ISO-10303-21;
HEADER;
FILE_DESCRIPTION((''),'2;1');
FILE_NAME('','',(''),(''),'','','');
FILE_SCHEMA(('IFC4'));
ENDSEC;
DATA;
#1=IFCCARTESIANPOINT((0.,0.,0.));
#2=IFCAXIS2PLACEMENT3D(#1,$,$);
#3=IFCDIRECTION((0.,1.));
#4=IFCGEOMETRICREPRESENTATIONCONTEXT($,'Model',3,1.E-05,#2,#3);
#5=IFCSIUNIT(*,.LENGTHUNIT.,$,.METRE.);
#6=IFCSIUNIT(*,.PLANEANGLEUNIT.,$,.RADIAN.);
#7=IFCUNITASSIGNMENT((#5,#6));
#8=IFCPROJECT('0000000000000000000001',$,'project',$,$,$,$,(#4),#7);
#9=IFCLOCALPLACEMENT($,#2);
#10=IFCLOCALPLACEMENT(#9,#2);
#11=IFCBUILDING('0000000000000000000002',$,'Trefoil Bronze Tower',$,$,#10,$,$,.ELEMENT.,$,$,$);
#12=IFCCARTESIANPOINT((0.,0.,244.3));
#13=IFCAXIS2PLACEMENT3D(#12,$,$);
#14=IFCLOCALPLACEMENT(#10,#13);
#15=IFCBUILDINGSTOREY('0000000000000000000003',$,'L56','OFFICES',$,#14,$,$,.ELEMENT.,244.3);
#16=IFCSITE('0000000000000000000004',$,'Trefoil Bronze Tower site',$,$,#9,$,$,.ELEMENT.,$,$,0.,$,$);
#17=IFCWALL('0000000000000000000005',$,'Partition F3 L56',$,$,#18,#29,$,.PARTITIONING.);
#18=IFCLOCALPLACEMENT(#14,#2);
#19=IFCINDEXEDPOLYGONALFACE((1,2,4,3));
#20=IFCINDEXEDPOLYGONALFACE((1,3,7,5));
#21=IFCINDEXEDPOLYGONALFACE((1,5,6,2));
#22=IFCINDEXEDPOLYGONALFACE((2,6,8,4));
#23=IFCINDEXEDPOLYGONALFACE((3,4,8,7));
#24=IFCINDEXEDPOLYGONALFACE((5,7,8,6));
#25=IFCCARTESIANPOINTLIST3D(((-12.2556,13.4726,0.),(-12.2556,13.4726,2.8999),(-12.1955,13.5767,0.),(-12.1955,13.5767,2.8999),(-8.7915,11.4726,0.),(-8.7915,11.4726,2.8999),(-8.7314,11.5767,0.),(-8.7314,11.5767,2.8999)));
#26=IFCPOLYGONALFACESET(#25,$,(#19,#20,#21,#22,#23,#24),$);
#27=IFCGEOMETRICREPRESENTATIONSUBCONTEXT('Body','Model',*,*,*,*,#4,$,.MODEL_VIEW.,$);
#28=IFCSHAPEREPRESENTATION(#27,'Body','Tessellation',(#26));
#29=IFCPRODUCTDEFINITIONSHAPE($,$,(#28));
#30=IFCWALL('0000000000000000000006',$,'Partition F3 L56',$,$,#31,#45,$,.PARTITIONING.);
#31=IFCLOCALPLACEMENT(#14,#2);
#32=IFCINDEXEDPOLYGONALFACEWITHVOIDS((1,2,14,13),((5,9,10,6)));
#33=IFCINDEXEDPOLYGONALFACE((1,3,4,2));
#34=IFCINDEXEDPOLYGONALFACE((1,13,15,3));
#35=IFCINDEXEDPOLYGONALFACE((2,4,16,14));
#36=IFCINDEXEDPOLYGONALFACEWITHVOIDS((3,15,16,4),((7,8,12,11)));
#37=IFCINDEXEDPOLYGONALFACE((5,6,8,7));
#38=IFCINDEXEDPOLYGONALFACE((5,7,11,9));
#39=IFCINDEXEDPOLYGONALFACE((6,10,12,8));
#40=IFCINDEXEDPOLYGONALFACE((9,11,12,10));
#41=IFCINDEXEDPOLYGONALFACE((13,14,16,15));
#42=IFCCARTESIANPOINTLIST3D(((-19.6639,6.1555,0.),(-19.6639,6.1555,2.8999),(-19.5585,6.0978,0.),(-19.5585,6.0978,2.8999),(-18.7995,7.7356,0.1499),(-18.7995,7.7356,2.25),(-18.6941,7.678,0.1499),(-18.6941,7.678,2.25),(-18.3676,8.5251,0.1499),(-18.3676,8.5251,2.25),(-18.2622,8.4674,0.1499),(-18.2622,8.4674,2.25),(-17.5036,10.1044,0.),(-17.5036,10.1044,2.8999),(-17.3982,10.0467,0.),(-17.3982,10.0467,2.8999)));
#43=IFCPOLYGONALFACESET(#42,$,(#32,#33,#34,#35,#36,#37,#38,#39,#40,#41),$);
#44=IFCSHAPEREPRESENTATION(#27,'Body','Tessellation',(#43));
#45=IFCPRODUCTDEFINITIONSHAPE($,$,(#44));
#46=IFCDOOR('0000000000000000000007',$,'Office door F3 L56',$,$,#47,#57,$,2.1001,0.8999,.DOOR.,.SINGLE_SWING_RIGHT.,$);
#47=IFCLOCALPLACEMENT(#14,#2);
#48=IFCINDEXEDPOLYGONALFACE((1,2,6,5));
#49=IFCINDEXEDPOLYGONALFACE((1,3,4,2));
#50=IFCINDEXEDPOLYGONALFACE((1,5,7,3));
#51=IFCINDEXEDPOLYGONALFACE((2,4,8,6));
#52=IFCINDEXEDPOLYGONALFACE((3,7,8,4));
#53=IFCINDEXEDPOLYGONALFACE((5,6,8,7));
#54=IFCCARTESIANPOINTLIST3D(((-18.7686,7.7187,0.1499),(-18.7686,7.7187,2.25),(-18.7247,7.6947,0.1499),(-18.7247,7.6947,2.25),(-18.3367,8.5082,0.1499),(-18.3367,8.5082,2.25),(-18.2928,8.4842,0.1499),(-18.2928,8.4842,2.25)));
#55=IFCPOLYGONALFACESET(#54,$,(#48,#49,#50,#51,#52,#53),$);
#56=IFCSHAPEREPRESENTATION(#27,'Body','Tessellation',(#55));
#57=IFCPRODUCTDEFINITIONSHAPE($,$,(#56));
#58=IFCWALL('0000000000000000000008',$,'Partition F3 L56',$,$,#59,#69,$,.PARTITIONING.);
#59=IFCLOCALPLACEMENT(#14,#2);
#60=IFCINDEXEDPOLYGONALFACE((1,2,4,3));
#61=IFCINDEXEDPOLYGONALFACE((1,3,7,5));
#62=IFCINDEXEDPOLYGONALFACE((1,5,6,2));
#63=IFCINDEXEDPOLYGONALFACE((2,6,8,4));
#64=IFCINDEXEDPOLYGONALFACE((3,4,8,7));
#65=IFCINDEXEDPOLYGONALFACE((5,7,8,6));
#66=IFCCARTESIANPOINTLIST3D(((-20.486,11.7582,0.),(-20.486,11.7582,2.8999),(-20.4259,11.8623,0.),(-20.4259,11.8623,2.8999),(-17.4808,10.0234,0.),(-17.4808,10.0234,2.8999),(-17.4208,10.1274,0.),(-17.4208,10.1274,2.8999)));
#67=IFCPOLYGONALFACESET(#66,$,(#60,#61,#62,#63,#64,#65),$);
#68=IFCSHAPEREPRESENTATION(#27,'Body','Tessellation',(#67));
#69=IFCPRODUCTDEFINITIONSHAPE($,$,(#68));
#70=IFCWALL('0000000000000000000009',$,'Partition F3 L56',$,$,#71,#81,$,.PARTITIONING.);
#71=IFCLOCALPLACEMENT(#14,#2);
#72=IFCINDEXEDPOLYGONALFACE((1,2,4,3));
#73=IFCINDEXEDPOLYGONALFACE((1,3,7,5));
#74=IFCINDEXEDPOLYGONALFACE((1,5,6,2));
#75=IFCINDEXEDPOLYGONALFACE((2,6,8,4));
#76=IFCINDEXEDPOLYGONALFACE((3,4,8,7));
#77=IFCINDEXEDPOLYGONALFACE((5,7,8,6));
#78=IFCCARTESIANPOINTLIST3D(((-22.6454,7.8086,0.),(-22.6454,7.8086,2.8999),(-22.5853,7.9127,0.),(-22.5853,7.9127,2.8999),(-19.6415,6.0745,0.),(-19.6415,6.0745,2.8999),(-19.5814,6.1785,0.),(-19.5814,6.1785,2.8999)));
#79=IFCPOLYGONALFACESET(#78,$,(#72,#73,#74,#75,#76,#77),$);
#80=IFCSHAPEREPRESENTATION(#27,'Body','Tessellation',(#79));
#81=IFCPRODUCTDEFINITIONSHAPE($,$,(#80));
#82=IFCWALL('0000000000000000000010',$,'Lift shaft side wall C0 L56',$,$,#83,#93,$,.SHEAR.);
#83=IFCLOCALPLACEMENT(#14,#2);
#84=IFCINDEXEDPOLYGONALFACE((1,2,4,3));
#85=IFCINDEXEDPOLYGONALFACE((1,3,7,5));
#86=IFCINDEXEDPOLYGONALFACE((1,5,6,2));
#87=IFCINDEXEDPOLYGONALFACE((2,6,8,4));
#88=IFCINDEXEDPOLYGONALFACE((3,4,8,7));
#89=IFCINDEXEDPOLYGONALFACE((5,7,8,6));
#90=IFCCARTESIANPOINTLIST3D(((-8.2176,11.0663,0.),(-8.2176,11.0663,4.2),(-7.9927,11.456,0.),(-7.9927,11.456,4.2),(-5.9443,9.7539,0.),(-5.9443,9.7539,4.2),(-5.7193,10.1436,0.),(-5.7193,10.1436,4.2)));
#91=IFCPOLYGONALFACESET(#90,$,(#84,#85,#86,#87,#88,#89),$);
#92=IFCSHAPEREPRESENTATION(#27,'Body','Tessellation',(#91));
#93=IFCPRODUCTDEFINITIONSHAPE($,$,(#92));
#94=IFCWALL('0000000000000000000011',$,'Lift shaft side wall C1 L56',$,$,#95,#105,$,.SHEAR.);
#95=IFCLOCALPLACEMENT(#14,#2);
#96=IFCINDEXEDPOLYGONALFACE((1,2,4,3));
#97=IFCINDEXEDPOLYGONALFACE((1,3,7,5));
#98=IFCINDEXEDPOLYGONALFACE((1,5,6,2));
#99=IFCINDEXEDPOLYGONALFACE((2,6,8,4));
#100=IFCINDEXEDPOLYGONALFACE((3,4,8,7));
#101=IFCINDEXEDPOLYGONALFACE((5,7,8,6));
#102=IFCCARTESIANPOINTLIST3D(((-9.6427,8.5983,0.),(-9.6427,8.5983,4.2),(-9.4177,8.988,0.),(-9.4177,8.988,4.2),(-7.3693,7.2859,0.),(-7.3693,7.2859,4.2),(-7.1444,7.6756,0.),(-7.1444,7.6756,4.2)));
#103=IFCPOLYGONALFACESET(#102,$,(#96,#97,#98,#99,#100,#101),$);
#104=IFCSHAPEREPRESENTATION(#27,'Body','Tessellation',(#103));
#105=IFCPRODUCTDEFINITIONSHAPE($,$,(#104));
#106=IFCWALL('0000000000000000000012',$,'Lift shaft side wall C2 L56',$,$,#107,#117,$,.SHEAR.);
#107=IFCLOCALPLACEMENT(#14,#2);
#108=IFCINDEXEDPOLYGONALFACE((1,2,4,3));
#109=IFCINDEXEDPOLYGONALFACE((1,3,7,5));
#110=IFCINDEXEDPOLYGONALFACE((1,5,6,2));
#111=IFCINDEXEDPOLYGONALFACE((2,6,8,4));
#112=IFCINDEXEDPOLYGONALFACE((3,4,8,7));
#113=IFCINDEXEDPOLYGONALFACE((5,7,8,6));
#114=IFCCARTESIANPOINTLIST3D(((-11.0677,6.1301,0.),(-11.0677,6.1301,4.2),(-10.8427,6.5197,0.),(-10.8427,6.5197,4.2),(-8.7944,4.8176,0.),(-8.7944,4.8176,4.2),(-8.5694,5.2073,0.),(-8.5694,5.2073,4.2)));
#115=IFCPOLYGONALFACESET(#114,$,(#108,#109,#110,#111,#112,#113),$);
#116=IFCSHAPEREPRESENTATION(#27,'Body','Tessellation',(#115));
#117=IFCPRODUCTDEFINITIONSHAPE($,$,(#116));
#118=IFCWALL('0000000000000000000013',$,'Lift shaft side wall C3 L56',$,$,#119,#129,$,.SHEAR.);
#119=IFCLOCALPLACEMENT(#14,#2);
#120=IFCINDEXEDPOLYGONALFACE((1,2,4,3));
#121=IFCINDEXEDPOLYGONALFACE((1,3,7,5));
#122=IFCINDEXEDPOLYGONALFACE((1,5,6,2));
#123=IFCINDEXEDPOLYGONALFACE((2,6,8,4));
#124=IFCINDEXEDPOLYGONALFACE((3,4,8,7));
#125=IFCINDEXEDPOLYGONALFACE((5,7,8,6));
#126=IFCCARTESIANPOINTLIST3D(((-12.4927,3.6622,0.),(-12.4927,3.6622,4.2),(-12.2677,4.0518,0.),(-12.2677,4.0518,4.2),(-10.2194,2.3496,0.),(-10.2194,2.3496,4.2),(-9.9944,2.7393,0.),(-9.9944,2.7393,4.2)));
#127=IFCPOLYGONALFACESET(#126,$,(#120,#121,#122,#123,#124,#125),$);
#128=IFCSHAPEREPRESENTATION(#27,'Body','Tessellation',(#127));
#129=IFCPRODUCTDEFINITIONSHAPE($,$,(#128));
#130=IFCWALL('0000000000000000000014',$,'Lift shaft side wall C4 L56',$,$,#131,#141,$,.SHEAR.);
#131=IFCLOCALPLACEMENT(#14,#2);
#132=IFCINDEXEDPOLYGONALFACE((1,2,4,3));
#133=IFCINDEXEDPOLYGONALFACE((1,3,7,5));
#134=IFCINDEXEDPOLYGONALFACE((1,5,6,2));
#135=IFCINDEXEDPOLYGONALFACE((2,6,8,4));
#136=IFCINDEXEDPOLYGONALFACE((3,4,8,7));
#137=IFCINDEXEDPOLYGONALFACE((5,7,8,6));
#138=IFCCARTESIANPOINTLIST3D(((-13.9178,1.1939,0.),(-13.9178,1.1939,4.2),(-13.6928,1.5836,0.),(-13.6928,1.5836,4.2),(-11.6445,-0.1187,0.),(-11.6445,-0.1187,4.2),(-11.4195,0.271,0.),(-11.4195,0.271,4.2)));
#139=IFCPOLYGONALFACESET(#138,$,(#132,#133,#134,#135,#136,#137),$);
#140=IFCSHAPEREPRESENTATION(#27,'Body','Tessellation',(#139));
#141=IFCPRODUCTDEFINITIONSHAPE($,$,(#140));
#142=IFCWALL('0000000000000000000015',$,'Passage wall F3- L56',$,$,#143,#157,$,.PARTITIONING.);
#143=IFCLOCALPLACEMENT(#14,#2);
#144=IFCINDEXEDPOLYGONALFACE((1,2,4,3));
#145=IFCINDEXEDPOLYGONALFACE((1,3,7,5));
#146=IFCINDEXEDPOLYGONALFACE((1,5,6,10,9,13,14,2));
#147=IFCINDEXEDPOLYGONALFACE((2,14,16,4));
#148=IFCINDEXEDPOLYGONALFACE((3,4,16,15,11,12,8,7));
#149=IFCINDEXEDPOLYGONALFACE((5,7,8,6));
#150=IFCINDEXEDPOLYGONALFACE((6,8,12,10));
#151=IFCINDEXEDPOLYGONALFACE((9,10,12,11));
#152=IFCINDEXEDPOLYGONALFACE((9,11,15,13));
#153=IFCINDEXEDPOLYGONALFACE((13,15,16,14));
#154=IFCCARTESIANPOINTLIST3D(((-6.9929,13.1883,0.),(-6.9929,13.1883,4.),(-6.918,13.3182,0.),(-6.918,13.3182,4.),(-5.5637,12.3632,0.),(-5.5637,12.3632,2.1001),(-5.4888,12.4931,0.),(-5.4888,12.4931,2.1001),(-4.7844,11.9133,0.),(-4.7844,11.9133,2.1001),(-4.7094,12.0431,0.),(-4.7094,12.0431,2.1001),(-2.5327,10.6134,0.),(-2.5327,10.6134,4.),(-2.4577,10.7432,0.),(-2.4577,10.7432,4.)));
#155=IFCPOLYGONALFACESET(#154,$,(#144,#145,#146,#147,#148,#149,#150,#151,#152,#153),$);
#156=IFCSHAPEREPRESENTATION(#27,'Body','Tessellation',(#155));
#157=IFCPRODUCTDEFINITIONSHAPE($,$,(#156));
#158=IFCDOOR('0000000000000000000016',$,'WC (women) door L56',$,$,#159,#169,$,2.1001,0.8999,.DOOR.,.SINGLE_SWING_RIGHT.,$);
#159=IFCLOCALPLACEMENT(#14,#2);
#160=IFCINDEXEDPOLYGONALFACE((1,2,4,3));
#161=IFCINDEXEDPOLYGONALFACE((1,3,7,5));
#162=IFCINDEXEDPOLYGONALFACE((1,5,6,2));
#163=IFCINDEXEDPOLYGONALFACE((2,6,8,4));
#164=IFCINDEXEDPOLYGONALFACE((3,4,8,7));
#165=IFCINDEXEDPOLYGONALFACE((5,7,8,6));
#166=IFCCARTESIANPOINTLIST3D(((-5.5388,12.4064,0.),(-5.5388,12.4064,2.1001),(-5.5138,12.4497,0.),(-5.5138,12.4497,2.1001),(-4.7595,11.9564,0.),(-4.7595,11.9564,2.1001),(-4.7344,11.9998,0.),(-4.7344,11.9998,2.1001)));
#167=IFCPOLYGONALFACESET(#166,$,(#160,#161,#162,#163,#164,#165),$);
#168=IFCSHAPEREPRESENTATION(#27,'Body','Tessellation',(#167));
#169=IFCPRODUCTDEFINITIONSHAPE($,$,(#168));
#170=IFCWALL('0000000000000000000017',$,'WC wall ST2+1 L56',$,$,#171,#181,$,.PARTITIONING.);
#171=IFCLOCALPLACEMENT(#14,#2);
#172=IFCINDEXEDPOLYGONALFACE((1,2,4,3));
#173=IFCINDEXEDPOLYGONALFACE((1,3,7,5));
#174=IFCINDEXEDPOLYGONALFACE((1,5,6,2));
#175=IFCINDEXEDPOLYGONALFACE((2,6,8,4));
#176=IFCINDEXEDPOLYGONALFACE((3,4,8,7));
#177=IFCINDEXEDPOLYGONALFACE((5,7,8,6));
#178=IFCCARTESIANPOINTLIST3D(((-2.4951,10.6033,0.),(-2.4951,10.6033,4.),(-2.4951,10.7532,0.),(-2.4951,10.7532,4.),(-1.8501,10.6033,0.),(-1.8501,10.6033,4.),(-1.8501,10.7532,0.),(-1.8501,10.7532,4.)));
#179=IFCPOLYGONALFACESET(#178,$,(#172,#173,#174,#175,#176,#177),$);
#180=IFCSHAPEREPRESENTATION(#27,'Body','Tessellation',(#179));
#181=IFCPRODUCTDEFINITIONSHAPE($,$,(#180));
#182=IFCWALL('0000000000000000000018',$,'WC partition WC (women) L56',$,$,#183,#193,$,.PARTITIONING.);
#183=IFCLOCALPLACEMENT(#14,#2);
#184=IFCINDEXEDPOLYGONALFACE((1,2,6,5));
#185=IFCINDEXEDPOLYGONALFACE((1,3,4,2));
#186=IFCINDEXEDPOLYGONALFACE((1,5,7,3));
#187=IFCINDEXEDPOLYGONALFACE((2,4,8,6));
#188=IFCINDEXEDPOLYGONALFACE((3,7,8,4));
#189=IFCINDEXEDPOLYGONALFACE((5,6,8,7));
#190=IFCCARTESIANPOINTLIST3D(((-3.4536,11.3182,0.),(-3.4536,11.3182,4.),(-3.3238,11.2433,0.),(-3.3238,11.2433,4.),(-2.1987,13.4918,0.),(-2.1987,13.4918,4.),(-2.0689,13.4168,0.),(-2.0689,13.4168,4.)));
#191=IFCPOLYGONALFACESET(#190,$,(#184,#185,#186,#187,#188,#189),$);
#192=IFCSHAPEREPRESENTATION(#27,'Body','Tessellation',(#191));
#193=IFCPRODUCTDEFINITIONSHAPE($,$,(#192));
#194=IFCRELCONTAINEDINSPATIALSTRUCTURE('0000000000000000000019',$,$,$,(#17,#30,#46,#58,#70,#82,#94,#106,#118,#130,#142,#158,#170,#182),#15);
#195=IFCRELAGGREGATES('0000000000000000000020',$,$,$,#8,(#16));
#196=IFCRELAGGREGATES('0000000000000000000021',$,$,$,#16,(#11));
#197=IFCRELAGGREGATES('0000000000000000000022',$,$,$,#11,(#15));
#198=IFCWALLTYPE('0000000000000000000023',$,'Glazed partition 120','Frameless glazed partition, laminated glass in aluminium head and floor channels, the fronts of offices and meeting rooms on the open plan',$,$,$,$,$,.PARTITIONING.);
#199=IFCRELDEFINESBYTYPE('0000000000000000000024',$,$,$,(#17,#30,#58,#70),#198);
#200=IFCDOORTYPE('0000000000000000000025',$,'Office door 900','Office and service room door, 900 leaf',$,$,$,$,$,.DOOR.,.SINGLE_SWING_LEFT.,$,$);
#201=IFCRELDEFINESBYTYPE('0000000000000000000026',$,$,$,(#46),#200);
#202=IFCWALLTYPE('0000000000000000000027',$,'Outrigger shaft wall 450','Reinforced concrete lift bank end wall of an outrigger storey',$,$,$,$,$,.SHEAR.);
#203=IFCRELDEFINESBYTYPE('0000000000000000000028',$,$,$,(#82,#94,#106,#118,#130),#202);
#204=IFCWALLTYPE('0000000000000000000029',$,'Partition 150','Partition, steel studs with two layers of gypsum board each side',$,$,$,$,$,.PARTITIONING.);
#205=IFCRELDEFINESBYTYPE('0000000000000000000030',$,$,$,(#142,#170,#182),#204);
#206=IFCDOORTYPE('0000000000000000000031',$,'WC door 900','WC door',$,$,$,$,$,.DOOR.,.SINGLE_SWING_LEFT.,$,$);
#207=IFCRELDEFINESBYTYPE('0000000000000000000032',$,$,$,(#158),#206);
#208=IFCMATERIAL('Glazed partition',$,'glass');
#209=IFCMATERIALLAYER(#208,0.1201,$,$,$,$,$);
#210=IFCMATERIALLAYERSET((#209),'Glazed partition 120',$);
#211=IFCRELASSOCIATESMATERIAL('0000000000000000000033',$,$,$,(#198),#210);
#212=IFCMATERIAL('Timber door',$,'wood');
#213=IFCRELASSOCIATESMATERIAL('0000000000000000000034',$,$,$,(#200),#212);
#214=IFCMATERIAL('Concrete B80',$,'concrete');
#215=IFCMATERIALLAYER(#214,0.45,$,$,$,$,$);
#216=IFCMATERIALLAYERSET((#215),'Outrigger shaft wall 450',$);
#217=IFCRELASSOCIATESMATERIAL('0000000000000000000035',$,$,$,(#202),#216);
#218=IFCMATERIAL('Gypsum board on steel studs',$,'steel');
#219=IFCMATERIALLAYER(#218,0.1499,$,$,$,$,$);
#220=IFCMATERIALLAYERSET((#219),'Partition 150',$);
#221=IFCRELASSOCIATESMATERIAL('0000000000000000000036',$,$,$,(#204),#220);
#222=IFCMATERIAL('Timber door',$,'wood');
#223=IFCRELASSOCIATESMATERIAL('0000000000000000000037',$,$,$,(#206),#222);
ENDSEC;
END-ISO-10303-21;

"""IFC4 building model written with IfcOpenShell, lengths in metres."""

from ifc_helpers import new_model, si_unit, direction, frame, frame_2d, origin, place, context, subcontext, project, spatial, rectangle, extrude, material, layer, layer_set, type_object, element, fill, save


model = new_model("IFC4")

# Units and contexts
model_context = context("Model", 3, precision=1e-05, world=origin(), true_north=direction((0.0, 1.0)))
body_context = subcontext(model_context, "Body", "Model", "MODEL_VIEW")
ifc_project = project(units=[si_unit("LENGTHUNIT", "METRE"), si_unit("PLANEANGLEUNIT", "RADIAN")], contexts=[model_context])

# Site, building, storey
site_placement = place(None, origin())
site = spatial("IfcSite", under=ifc_project, at=site_placement, Name="Trefoil Bronze Tower site", CompositionType="ELEMENT", RefElevation=0.0)
building_placement = place(site_placement, origin())
building = spatial("IfcBuilding", under=site, at=building_placement, Name="Trefoil Bronze Tower", CompositionType="ELEMENT")
storey_placement = place(building_placement, frame((0.0, 0.0, 244.3)))
storey = spatial("IfcBuildingStorey", under=building, at=storey_placement, Name="L56", Description="OFFICES", CompositionType="ELEMENT", Elevation=244.3)

# Shared definitions
ifc_material_1 = material(Name="Glazed partition", Category="glass")
ifc_layer_1 = layer(ifc_material_1, 0.1201)
ifc_layer_set_1 = layer_set([ifc_layer_1], Name="Glazed partition 120")
wall_type_1 = type_object("IfcWallType", Name="Glazed partition 120", Description="Frameless glazed partition, laminated glass in aluminium head and floor channels, the fronts of offices and meeting rooms on the open plan", PredefinedType="PARTITIONING", material=ifc_layer_set_1)
ifc_material_2 = material(Name="Timber door", Category="wood")
door_type_1 = type_object("IfcDoorType", Name="Office door 900", Description="Office and service room door, 900 leaf", OperationType="SINGLE_SWING_LEFT", PredefinedType="DOOR", material=ifc_material_2)

# Wall
for number, where, z_axis, x_axis, name in (
    (1, (-8.7615, 11.5247, 0.0), (0.0, 0.0, 1.0), (-0.866026, 0.499999, 0.0), "Partition F3 L56"),
):
    element("IfcWall", number, at=place(storey_placement, frame(where, z_axis=z_axis, x_axis=x_axis)), inside=storey, type_object=wall_type_1, Name=name, PredefinedType="PARTITIONING", context=body_context, shape_type="SweptSolid", body=[
        extrude(rectangle(XDim=4.0, YDim=0.1201, at=frame_2d((2.0, 0.0))), origin(), (0.0, 0.0, 1.0), 2.8999),
    ])

# Wall, opening, door
wall_1_placement = place(storey_placement, frame((-17.4509, 10.0754, 0.0), z_axis=(0.0, 0.0, 1.0), x_axis=(-0.47995, -0.877296, 0.0)))
wall_1 = element("IfcWall", 2, at=wall_1_placement, inside=storey, type_object=wall_type_1, Name="Partition F3 L56", PredefinedType="PARTITIONING", context=body_context, shape_type="SweptSolid", body=[
    extrude(rectangle(XDim=4.5012, YDim=0.1201, at=frame_2d((2.2505, 0.0))), origin(), (0.0, 0.0, 1.0), 2.8999),
])
opening_1_placement = place(wall_1_placement, frame((1.8, 0.0, 0.1499)))
opening_1 = element("IfcOpeningElement", 3, at=opening_1_placement, cuts=wall_1, PredefinedType="OPENING", context=body_context, shape_type="SweptSolid", body=[
    extrude(rectangle(XDim=0.8999, YDim=2.1001, at=frame_2d((0.45, 1.05))), frame((0.0, 0.0701, 0.0), z_axis=(0.0, -1.0, 0.0), x_axis=(1.0, 0.0, 0.0)), (0.0, 0.0, 1.0), 0.1401),
])
door_1_placement = place(opening_1_placement, frame((0.8999, 0.0, 0.0), z_axis=(0.0, 0.0, 1.0), x_axis=(-1.0, 0.0, 0.0)))
door_1 = element("IfcDoor", 4, at=door_1_placement, inside=storey, type_object=door_type_1, Name="Office door F3 L56", OperationType="SINGLE_SWING_RIGHT", OverallHeight=2.1001, OverallWidth=0.8999, PredefinedType="DOOR", context=body_context, shape_type="SweptSolid", body=[
    extrude(rectangle(XDim=0.8999, YDim=2.1001, at=frame_2d((0.45, 1.05))), frame((0.0, 0.0249, 0.0), z_axis=(0.0, -1.0, 0.0), x_axis=(1.0, 0.0, 0.0)), (0.0, 0.0, 1.0), 0.05),
])
fill(opening_1, door_1)

# Walls
wall_2_placement = place(storey_placement, frame((-17.4509, 10.0754, 0.0), z_axis=(0.0, 0.0, 1.0), x_axis=(-0.866044, 0.499968, 0.0)))
element("IfcWall", 5, at=wall_2_placement, inside=storey, type_object=wall_type_1, Name="Partition F3 L56", PredefinedType="PARTITIONING", context=body_context, shape_type="SweptSolid", body=[
    extrude(rectangle(XDim=3.47, YDim=0.1201, at=frame_2d((1.7349, 0.0))), origin(), (0.0, 0.0, 1.0), 2.8999),
])
wall_3_placement = place(storey_placement, frame((-19.6113, 6.1265, 0.0), z_axis=(0.0, 0.0, 1.0), x_axis=(-0.866047, 0.499962, 0.0)))
element("IfcWall", 6, at=wall_3_placement, inside=storey, type_object=wall_type_1, Name="Partition F3 L56", PredefinedType="PARTITIONING", context=body_context, shape_type="SweptSolid", body=[
    extrude(rectangle(XDim=3.4685, YDim=0.1201, at=frame_2d((1.7344, 0.0))), origin(), (0.0, 0.0, 1.0), 2.8999),
])
ifc_material_3 = material(Name="Concrete B80", Category="concrete")
ifc_layer_2 = layer(ifc_material_3, 0.45)
ifc_layer_set_2 = layer_set([ifc_layer_2], Name="Outrigger shaft wall 450")
wall_type_2 = type_object("IfcWallType", Name="Outrigger shaft wall 450", Description="Reinforced concrete lift bank end wall of an outrigger storey", PredefinedType="SHEAR", material=ifc_layer_set_2)
for number, where, z_axis, x_axis, name in (
    (7, (-5.8318, 9.9487, 0.0), (0.0, 0.0, 1.0), (-0.866037, 0.49998, 0.0), "Lift shaft side wall C0 L56"),
    (8, (-7.2568, 7.4807, 0.0), (0.0, 0.0, 1.0), (-0.866037, 0.49998, 0.0), "Lift shaft side wall C1 L56"),
    (9, (-8.6819, 5.0125, 0.0), (0.0, 0.0, 1.0), (-0.866037, 0.49998, 0.0), "Lift shaft side wall C2 L56"),
    (10, (-10.1069, 2.5444, 0.0), (0.0, 0.0, 1.0), (-0.866014, 0.50002, 0.0), "Lift shaft side wall C3 L56"),
    (11, (-11.532, 0.0762, 0.0), (0.0, 0.0, 1.0), (-0.866014, 0.50002, 0.0), "Lift shaft side wall C4 L56"),
):
    element("IfcWall", number, at=place(storey_placement, frame(where, z_axis=z_axis, x_axis=x_axis)), inside=storey, type_object=wall_type_2, Name=name, PredefinedType="SHEAR", context=body_context, shape_type="SweptSolid", body=[
        extrude(rectangle(XDim=2.625, YDim=0.45, at=frame_2d((1.3125, 0.0))), origin(), (0.0, 0.0, 1.0), 4.2),
    ])

# Wall, opening, door
ifc_material_4 = material(Name="Gypsum board on steel studs", Category="steel")
ifc_layer_3 = layer(ifc_material_4, 0.1499)
ifc_layer_set_3 = layer_set([ifc_layer_3], Name="Partition 150")
wall_type_3 = type_object("IfcWallType", Name="Partition 150", Description="Partition, steel studs with two layers of gypsum board each side", PredefinedType="PARTITIONING", material=ifc_layer_set_3)
wall_4_placement = place(storey_placement, frame((-2.4951, 10.6782, 0.0), z_axis=(0.0, 0.0, 1.0), x_axis=(-0.866038, 0.499978, 0.0)))
wall_4 = element("IfcWall", 12, at=wall_4_placement, inside=storey, type_object=wall_type_3, Name="Passage wall F3- L56", PredefinedType="PARTITIONING", context=body_context, shape_type="SweptSolid", body=[
    extrude(rectangle(XDim=5.1501, YDim=0.1499, at=frame_2d((2.5752, 0.0))), origin(), (0.0, 0.0, 1.0), 4.0),
])
opening_2_placement = place(wall_4_placement, frame((2.6001, 0.0, 0.0)))
opening_2 = element("IfcOpeningElement", 13, at=opening_2_placement, cuts=wall_4, PredefinedType="OPENING", context=body_context, shape_type="SweptSolid", body=[
    extrude(rectangle(XDim=0.8999, YDim=2.1001, at=frame_2d((0.45, 1.05))), frame((0.0, 0.085, 0.0), z_axis=(0.0, -1.0, 0.0), x_axis=(1.0, 0.0, 0.0)), (0.0, 0.0, 1.0), 0.1699),
])
ifc_material_5 = material(Name="Timber door", Category="wood")
door_type_2 = type_object("IfcDoorType", Name="WC door 900", Description="WC door", OperationType="SINGLE_SWING_LEFT", PredefinedType="DOOR", material=ifc_material_5)
door_2_placement = place(opening_2_placement, frame((0.8999, 0.0, 0.0), z_axis=(0.0, 0.0, 1.0), x_axis=(-1.0, 0.0, 0.0)))
door_2 = element("IfcDoor", 14, at=door_2_placement, inside=storey, type_object=door_type_2, Name="WC (women) door L56", OperationType="SINGLE_SWING_RIGHT", OverallHeight=2.1001, OverallWidth=0.8999, PredefinedType="DOOR", context=body_context, shape_type="SweptSolid", body=[
    extrude(rectangle(XDim=0.8999, YDim=2.1001, at=frame_2d((0.45, 1.05))), frame((0.0, 0.0249, 0.0), z_axis=(0.0, -1.0, 0.0), x_axis=(1.0, 0.0, 0.0)), (0.0, 0.0, 1.0), 0.05),
])
fill(opening_2, door_2)

# Walls
wall_5_placement = place(storey_placement, frame((-2.4951, 10.6782, 0.0), z_axis=(0.0, 0.0, 1.0), x_axis=(1.0, 0.0, 0.0)))
element("IfcWall", 15, at=wall_5_placement, inside=storey, type_object=wall_type_3, Name="WC wall ST2+1 L56", PredefinedType="PARTITIONING", context=body_context, shape_type="SweptSolid", body=[
    extrude(rectangle(XDim=0.645, YDim=0.1499, at=frame_2d((0.3225, 0.0))), origin(), (0.0, 0.0, 1.0), 4.0),
])
wall_6_placement = place(storey_placement, frame((-3.3887, 11.2808, 0.0), z_axis=(0.0, 0.0, 1.0), x_axis=(0.499989, 0.866032, 0.0)))
element("IfcWall", 16, at=wall_6_placement, inside=storey, type_object=wall_type_3, Name="WC partition WC (women) L56", PredefinedType="PARTITIONING", context=body_context, shape_type="SweptSolid", body=[
    extrude(rectangle(XDim=2.5098, YDim=0.1499, at=frame_2d((1.2549, 0.0))), origin(), (0.0, 0.0, 1.0), 4.0),
])

save(model, "model.ifc")
